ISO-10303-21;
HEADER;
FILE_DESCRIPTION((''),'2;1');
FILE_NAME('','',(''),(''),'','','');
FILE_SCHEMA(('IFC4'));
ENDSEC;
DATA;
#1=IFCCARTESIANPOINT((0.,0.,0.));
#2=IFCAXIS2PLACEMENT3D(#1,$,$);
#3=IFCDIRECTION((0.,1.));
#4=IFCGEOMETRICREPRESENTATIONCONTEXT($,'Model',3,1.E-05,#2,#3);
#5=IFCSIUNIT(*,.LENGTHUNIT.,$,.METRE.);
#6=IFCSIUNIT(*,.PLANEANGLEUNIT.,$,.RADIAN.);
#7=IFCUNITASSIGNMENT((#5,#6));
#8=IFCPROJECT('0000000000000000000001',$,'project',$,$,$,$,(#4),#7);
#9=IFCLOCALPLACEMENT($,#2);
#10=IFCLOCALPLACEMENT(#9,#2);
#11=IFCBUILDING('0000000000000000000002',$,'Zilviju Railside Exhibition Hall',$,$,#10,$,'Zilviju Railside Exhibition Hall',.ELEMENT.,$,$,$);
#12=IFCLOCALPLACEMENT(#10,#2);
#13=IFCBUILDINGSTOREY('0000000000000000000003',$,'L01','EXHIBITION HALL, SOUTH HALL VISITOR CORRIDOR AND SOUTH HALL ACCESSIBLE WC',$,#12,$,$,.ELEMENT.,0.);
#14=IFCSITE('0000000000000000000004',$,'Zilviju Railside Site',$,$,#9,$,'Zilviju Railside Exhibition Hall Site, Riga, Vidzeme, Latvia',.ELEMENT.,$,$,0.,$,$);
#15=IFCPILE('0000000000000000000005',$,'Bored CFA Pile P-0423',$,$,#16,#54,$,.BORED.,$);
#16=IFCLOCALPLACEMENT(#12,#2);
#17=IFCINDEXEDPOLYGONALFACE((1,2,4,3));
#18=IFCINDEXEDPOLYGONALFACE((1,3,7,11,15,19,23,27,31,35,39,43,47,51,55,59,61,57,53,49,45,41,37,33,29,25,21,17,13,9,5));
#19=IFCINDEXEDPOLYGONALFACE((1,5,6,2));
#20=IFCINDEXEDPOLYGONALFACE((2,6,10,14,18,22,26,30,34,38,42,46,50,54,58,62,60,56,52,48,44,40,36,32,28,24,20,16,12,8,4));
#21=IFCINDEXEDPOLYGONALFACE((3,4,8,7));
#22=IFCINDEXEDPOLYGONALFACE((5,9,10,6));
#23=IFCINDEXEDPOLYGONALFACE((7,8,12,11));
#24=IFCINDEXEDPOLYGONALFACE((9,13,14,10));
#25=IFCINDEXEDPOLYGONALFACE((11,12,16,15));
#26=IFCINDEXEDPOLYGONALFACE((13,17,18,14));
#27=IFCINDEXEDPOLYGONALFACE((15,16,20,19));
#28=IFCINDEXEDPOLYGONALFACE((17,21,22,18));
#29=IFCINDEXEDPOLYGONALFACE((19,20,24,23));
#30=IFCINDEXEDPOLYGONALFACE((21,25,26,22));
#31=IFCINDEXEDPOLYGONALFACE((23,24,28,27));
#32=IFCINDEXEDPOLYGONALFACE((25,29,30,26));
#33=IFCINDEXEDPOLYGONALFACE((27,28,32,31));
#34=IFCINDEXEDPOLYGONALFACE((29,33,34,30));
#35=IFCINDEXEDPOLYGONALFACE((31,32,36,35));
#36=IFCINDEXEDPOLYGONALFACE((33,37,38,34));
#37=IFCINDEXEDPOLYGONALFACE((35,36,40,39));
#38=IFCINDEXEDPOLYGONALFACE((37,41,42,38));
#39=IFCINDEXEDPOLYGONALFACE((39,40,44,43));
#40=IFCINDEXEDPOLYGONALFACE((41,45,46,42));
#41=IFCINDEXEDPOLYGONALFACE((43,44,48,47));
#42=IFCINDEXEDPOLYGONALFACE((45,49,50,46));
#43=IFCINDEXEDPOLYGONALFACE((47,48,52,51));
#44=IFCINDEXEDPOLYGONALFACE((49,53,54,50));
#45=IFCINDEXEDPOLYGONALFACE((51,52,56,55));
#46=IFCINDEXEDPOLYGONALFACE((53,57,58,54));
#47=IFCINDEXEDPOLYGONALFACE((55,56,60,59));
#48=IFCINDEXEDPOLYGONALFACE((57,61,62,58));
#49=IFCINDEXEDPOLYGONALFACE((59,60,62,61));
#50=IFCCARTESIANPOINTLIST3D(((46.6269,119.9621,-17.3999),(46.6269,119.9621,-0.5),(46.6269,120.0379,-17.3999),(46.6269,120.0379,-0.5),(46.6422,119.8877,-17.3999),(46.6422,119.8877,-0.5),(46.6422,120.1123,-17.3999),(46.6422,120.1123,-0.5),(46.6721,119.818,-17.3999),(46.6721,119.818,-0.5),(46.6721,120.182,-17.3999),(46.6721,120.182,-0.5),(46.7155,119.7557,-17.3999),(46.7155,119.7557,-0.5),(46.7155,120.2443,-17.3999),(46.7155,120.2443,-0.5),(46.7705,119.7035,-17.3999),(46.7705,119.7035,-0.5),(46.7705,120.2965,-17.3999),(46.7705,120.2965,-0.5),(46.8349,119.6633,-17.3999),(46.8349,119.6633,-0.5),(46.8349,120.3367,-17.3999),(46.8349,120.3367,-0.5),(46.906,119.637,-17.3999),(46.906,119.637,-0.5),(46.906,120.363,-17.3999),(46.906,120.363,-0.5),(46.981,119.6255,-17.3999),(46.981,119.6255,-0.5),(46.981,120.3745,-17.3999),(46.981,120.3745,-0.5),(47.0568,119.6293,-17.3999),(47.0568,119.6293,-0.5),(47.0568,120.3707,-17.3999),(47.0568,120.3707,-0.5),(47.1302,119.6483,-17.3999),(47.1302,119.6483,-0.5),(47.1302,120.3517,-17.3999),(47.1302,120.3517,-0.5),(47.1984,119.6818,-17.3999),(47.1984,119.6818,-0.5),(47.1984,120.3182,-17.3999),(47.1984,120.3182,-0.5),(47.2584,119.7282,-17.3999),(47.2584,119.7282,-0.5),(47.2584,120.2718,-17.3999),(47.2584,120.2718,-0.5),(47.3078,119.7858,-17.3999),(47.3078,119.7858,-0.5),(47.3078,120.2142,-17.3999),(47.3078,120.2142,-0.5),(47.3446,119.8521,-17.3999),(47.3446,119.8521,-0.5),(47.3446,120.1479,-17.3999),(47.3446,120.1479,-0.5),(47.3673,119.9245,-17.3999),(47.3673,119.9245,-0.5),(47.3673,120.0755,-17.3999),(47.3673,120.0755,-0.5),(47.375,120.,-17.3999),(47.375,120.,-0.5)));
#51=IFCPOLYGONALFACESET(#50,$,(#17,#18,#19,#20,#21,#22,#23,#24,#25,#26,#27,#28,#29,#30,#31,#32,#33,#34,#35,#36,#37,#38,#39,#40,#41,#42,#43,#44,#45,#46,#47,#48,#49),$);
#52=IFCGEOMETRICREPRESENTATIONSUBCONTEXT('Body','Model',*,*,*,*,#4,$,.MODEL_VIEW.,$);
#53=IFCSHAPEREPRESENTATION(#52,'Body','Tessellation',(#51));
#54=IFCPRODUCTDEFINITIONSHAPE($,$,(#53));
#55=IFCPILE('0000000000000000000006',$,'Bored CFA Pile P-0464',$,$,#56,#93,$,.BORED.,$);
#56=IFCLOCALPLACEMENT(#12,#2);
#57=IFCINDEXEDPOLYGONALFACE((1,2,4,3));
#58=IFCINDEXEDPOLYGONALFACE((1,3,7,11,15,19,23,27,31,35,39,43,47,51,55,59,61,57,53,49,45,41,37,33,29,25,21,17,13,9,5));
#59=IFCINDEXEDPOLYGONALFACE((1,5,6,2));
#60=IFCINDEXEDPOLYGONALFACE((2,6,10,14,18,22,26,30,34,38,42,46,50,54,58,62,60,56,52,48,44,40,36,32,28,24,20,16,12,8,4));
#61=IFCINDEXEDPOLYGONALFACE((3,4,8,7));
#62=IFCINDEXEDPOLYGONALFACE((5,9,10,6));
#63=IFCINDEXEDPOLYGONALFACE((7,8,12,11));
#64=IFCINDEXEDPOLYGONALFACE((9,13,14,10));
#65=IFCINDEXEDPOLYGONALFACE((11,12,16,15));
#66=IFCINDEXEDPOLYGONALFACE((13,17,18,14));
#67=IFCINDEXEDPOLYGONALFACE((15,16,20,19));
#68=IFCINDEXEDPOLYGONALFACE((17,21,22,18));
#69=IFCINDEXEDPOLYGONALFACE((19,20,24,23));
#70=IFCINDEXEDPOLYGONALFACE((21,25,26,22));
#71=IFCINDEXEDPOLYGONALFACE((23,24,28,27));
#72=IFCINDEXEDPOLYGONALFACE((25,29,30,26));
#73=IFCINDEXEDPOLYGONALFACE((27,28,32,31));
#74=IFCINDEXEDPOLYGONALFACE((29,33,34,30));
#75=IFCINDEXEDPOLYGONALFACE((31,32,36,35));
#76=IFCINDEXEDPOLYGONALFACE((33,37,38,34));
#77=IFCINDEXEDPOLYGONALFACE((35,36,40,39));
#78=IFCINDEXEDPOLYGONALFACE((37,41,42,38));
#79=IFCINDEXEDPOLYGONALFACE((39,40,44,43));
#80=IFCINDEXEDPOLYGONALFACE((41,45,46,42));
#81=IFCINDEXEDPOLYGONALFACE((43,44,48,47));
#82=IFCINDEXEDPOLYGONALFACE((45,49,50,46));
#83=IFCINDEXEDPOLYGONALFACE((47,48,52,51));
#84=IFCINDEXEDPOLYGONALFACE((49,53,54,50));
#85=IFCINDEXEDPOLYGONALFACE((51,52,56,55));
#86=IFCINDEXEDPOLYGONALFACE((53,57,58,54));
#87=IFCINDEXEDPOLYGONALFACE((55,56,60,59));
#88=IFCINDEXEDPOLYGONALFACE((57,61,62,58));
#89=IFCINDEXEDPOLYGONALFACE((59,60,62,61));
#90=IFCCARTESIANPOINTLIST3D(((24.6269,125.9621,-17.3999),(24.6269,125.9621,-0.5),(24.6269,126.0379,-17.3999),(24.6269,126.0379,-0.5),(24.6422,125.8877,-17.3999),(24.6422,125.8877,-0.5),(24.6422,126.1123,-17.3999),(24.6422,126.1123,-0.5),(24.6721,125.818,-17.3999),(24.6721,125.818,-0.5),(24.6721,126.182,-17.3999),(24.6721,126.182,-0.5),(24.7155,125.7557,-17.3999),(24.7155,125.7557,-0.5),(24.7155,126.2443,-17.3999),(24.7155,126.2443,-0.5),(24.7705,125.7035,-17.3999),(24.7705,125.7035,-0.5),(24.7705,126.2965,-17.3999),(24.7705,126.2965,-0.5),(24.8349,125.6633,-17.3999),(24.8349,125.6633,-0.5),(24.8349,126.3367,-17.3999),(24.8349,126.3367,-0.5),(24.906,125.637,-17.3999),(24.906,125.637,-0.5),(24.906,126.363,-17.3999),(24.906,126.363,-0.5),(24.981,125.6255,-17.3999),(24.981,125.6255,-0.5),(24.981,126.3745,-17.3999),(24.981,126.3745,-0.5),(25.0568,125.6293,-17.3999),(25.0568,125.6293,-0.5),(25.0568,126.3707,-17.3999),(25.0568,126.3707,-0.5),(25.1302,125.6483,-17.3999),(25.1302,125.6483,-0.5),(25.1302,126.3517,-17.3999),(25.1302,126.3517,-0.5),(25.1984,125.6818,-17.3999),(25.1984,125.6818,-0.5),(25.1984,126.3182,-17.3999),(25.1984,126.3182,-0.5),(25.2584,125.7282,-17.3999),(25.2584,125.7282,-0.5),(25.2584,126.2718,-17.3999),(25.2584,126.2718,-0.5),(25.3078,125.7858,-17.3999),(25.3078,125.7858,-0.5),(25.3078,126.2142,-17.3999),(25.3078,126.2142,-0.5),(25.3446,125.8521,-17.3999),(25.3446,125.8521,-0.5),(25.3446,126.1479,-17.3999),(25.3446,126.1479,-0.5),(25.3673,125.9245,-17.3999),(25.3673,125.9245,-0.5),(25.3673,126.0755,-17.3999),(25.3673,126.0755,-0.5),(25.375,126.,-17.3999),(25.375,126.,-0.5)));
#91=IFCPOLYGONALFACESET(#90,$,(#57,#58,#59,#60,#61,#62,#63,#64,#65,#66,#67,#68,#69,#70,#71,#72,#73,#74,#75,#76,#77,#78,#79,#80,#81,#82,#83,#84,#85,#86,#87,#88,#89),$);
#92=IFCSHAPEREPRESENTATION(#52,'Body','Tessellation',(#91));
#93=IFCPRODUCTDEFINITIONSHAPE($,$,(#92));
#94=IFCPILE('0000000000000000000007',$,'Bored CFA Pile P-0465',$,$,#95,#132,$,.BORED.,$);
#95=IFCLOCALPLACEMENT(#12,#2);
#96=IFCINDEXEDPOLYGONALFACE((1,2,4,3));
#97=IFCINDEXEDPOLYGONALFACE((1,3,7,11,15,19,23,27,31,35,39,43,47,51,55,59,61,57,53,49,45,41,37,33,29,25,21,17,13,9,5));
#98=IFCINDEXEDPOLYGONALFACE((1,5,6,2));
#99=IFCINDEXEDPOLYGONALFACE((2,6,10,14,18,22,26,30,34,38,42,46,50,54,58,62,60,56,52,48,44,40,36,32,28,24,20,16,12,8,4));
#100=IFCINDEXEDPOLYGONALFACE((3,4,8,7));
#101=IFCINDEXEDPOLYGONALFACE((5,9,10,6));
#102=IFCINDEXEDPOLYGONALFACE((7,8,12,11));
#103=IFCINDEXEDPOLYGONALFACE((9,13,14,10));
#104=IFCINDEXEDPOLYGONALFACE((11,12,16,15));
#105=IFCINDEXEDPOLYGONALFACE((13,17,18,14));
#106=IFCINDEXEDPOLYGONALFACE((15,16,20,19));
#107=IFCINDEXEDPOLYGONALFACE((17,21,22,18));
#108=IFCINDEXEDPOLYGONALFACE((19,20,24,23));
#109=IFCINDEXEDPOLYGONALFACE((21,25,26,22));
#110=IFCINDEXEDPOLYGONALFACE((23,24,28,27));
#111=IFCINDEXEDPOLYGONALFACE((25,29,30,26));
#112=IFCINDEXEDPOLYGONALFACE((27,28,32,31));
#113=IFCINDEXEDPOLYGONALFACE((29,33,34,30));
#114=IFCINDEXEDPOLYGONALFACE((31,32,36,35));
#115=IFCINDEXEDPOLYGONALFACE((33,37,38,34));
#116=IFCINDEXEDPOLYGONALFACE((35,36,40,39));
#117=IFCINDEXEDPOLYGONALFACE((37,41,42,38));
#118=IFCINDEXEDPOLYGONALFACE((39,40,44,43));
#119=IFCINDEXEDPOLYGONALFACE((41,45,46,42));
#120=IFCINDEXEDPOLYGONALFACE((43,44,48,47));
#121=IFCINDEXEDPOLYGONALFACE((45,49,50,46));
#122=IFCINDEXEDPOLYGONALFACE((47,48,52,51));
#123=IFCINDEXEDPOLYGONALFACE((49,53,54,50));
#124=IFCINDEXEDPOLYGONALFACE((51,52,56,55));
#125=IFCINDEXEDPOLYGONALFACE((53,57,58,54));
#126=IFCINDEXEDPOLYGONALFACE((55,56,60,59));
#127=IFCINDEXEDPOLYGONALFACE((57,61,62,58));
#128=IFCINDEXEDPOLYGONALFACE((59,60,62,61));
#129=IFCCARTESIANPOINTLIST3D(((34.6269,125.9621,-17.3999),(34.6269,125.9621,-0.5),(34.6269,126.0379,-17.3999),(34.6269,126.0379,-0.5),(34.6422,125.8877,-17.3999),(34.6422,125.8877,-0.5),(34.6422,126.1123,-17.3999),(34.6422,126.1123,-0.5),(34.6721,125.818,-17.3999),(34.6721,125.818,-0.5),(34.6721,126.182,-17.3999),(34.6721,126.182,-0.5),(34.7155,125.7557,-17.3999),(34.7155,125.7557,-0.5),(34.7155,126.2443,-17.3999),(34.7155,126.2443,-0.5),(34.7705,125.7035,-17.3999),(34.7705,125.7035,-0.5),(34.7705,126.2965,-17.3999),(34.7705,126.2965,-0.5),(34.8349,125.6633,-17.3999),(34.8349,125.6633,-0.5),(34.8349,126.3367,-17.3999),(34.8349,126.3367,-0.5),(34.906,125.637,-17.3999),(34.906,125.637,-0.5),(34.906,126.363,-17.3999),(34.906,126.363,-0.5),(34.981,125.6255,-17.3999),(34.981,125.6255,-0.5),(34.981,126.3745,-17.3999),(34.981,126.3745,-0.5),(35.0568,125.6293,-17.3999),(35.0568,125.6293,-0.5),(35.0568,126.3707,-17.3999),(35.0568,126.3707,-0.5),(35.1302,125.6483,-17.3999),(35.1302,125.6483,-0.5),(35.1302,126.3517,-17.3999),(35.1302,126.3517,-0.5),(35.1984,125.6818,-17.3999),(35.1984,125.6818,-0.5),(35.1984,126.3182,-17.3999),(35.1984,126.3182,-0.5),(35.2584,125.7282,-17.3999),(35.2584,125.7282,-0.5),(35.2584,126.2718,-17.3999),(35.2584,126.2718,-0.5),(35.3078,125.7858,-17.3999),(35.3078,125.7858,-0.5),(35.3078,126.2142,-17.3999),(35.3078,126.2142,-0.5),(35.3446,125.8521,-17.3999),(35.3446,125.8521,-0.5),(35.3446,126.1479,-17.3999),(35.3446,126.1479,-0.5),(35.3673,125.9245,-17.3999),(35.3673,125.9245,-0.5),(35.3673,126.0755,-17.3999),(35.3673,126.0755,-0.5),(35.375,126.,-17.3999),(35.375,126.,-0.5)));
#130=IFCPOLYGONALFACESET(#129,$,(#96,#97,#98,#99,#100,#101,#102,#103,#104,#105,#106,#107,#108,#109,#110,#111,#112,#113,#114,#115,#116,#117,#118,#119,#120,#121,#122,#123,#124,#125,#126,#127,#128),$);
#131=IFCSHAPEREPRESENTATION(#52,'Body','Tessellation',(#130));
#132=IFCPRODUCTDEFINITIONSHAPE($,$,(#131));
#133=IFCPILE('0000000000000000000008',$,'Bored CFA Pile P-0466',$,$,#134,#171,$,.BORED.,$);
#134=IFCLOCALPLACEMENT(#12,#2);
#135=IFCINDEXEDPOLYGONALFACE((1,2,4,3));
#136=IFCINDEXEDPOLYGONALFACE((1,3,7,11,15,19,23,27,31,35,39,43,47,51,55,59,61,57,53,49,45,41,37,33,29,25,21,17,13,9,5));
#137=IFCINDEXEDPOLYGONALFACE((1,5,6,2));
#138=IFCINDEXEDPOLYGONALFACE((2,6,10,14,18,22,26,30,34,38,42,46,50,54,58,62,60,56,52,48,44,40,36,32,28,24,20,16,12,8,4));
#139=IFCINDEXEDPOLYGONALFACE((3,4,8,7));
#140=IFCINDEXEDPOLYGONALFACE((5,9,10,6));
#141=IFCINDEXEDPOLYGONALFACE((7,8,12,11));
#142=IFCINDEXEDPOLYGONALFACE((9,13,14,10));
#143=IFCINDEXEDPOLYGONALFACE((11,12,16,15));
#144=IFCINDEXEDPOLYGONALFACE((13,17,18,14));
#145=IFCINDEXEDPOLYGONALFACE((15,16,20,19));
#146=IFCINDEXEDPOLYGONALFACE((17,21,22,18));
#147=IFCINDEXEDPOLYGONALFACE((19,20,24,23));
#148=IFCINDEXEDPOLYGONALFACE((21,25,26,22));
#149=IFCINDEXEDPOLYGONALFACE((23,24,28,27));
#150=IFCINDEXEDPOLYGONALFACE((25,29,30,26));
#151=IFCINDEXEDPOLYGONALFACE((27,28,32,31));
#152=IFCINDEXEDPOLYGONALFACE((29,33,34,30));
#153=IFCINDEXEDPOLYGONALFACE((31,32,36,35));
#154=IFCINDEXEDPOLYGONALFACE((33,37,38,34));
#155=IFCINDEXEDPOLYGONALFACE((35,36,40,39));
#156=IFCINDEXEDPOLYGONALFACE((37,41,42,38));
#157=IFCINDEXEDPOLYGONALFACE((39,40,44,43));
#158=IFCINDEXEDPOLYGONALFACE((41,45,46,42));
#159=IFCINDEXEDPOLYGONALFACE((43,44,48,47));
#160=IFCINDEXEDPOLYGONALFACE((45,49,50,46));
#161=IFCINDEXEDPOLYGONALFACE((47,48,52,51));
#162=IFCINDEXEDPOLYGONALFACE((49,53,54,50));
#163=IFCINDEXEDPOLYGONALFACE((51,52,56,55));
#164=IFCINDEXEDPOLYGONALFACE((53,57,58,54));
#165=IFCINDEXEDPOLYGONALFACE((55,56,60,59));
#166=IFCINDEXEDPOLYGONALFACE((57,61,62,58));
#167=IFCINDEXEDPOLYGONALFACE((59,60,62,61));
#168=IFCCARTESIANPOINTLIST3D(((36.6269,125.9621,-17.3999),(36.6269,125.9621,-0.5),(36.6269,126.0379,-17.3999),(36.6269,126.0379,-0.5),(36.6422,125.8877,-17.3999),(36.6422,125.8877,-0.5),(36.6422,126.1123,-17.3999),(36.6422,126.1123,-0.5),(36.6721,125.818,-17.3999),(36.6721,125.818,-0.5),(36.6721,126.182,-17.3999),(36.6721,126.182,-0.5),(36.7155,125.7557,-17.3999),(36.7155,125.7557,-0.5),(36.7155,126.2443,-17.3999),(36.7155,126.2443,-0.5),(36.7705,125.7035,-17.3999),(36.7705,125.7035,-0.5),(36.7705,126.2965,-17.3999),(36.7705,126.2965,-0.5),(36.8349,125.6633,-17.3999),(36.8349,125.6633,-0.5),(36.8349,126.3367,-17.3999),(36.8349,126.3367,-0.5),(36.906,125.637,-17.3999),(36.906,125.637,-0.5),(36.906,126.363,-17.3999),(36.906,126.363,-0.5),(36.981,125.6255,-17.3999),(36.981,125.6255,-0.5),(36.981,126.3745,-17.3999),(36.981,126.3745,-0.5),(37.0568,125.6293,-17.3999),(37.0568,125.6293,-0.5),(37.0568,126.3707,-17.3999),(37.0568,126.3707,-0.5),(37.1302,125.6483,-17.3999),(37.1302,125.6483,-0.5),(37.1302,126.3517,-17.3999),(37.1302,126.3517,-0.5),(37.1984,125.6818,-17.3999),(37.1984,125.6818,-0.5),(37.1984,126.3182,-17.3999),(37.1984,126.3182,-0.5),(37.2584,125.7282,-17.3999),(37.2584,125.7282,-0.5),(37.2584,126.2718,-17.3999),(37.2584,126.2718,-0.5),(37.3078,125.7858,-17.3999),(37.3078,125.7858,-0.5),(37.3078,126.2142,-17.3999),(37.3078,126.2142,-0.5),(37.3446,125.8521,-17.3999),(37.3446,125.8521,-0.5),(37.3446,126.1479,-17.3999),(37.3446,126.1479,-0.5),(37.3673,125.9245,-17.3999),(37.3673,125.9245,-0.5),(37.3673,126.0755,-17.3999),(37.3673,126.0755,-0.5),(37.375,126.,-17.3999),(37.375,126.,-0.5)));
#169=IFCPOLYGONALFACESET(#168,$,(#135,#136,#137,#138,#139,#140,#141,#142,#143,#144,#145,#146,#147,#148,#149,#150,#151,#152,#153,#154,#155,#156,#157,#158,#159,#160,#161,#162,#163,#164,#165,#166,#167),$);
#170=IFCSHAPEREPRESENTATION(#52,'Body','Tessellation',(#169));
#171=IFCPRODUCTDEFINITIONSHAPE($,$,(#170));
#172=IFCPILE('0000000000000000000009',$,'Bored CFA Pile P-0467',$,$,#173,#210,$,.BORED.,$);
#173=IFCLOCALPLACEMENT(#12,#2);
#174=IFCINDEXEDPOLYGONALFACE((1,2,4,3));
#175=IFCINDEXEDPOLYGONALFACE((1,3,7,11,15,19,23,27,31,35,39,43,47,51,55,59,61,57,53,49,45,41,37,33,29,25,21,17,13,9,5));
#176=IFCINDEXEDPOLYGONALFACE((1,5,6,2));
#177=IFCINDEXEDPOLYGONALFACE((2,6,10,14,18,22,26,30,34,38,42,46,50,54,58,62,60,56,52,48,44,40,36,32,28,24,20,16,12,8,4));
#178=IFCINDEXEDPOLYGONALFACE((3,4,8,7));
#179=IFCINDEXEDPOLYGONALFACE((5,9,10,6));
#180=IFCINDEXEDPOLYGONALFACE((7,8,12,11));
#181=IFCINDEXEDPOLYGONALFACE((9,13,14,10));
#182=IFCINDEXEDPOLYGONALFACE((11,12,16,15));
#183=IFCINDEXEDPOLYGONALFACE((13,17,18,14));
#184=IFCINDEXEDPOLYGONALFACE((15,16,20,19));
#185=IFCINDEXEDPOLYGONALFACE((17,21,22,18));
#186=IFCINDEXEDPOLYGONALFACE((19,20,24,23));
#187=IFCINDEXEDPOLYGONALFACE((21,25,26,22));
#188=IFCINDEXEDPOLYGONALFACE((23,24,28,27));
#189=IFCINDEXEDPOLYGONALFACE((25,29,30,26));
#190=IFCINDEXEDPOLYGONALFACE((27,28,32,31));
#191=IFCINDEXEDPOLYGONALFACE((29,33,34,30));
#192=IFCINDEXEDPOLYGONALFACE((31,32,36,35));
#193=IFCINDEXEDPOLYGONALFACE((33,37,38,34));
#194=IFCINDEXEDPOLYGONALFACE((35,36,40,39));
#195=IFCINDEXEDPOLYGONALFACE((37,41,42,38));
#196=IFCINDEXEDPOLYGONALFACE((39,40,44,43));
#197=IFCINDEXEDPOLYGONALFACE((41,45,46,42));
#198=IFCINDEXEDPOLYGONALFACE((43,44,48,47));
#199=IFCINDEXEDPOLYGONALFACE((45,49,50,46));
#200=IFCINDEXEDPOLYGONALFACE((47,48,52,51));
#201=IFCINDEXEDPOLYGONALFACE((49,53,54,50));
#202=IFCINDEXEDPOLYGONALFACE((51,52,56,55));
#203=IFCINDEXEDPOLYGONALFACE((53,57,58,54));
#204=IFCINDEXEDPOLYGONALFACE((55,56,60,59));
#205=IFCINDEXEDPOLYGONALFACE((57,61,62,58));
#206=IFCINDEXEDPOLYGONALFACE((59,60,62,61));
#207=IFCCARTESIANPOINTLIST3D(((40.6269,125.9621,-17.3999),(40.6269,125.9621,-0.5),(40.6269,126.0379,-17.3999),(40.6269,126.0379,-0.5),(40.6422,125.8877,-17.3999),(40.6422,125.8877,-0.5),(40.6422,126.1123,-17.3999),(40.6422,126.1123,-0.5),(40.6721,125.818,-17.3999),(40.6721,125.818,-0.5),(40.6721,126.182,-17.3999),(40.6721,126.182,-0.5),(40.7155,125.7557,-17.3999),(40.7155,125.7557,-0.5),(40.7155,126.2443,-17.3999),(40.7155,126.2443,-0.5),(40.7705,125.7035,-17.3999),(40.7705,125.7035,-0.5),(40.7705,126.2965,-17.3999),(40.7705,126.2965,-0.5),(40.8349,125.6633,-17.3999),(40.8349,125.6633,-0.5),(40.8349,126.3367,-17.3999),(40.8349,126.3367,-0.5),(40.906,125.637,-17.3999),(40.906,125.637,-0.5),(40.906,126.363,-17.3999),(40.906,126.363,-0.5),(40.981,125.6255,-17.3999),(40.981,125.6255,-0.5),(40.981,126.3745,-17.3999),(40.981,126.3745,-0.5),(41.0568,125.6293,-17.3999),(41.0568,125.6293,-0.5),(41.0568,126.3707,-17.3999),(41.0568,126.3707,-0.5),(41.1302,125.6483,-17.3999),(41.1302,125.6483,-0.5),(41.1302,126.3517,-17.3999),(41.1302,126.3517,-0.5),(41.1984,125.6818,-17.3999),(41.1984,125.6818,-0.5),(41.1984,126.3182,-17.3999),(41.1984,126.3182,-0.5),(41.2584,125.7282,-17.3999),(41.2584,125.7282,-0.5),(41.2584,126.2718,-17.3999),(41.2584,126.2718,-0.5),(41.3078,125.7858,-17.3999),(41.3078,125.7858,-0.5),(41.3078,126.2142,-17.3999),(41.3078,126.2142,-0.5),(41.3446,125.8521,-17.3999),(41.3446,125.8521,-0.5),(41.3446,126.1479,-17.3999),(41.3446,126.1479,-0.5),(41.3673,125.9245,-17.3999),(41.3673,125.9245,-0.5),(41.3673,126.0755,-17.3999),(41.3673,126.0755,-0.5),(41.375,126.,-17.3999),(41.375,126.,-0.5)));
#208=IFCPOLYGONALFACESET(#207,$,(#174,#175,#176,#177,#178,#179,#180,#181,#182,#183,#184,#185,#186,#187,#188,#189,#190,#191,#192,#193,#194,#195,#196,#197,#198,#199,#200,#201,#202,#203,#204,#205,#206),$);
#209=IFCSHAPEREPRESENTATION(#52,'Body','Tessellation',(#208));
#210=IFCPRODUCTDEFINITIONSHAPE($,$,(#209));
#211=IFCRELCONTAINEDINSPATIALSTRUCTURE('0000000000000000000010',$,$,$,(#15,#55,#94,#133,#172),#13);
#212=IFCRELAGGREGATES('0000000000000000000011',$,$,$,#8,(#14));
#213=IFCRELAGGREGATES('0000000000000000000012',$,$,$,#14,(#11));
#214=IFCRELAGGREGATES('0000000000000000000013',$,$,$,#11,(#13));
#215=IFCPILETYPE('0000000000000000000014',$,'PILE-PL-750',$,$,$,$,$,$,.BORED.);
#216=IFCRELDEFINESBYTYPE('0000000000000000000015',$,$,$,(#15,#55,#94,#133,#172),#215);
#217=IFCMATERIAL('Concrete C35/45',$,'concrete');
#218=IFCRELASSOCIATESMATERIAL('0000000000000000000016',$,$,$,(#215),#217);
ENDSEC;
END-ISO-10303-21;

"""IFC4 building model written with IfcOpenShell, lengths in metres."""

from ifc_helpers import new_model, si_unit, direction, frame, origin, origin_2d, place, context, subcontext, project, spatial, circle, extrude, material, material_profile, profile_set, type_object, element, save


model = new_model("IFC4")

# Units and contexts
model_context = context("Model", 3, precision=1e-05, world=origin(), true_north=direction((0.0, 1.0)))
body_context = subcontext(model_context, "Body", "Model", "MODEL_VIEW")
ifc_project = project(units=[si_unit("LENGTHUNIT", "METRE"), si_unit("PLANEANGLEUNIT", "RADIAN")], contexts=[model_context])

# Site, building, storey
site_placement = place(None, origin())
site = spatial("IfcSite", under=ifc_project, at=site_placement, Name="Zilviju Railside Site", LongName="Zilviju Railside Exhibition Hall Site, Riga, Vidzeme, Latvia", CompositionType="ELEMENT", RefElevation=0.0)
building_placement = place(site_placement, origin())
building = spatial("IfcBuilding", under=site, at=building_placement, Name="Zilviju Railside Exhibition Hall", LongName="Zilviju Railside Exhibition Hall", CompositionType="ELEMENT")
storey_placement = place(building_placement, origin())
storey = spatial("IfcBuildingStorey", under=building, at=storey_placement, Name="L01", Description="EXHIBITION HALL, SOUTH HALL VISITOR CORRIDOR AND SOUTH HALL ACCESSIBLE WC", CompositionType="ELEMENT", Elevation=0.0)

# Shared definitions
ifc_material = material(Name="Concrete C35/45", Category="concrete")

# Piles
ifc_material_profile_1 = material_profile(ifc_material, circle(Radius=0.375, at=origin_2d()), Name="CFA PILE D750")
ifc_profile_set_1 = profile_set([ifc_material_profile_1], Name="Concrete C35/45")
pile_type = type_object("IfcPileType", Name="PILE-PL-750", PredefinedType="BORED", material=ifc_profile_set_1)
for number, where, z_axis, x_axis, name in (
    (1, (47.0, 120.0, -0.5), (0.0, 0.0, -1.0), (1.0, 0.0, 0.0), "Bored CFA Pile P-0423"),
    (2, (25.0, 126.0, -0.5), (0.0, 0.0, -1.0), (1.0, 0.0, 0.0), "Bored CFA Pile P-0464"),
    (3, (35.0, 126.0, -0.5), (0.0, 0.0, -1.0), (1.0, 0.0, 0.0), "Bored CFA Pile P-0465"),
    (4, (37.0, 126.0, -0.5), (0.0, 0.0, -1.0), (1.0, 0.0, 0.0), "Bored CFA Pile P-0466"),
    (5, (41.0, 126.0, -0.5), (0.0, 0.0, -1.0), (1.0, 0.0, 0.0), "Bored CFA Pile P-0467"),
):
    element("IfcPile", number, at=place(storey_placement, frame(where, z_axis=z_axis, x_axis=x_axis)), inside=storey, type_object=pile_type, Name=name, PredefinedType="BORED", context=body_context, shape_type="SweptSolid", body=[
        extrude(circle(Radius=0.375, at=origin_2d()), origin(), (0.0, 0.0, 1.0), 16.8999),
    ])

save(model, "model.ifc")
